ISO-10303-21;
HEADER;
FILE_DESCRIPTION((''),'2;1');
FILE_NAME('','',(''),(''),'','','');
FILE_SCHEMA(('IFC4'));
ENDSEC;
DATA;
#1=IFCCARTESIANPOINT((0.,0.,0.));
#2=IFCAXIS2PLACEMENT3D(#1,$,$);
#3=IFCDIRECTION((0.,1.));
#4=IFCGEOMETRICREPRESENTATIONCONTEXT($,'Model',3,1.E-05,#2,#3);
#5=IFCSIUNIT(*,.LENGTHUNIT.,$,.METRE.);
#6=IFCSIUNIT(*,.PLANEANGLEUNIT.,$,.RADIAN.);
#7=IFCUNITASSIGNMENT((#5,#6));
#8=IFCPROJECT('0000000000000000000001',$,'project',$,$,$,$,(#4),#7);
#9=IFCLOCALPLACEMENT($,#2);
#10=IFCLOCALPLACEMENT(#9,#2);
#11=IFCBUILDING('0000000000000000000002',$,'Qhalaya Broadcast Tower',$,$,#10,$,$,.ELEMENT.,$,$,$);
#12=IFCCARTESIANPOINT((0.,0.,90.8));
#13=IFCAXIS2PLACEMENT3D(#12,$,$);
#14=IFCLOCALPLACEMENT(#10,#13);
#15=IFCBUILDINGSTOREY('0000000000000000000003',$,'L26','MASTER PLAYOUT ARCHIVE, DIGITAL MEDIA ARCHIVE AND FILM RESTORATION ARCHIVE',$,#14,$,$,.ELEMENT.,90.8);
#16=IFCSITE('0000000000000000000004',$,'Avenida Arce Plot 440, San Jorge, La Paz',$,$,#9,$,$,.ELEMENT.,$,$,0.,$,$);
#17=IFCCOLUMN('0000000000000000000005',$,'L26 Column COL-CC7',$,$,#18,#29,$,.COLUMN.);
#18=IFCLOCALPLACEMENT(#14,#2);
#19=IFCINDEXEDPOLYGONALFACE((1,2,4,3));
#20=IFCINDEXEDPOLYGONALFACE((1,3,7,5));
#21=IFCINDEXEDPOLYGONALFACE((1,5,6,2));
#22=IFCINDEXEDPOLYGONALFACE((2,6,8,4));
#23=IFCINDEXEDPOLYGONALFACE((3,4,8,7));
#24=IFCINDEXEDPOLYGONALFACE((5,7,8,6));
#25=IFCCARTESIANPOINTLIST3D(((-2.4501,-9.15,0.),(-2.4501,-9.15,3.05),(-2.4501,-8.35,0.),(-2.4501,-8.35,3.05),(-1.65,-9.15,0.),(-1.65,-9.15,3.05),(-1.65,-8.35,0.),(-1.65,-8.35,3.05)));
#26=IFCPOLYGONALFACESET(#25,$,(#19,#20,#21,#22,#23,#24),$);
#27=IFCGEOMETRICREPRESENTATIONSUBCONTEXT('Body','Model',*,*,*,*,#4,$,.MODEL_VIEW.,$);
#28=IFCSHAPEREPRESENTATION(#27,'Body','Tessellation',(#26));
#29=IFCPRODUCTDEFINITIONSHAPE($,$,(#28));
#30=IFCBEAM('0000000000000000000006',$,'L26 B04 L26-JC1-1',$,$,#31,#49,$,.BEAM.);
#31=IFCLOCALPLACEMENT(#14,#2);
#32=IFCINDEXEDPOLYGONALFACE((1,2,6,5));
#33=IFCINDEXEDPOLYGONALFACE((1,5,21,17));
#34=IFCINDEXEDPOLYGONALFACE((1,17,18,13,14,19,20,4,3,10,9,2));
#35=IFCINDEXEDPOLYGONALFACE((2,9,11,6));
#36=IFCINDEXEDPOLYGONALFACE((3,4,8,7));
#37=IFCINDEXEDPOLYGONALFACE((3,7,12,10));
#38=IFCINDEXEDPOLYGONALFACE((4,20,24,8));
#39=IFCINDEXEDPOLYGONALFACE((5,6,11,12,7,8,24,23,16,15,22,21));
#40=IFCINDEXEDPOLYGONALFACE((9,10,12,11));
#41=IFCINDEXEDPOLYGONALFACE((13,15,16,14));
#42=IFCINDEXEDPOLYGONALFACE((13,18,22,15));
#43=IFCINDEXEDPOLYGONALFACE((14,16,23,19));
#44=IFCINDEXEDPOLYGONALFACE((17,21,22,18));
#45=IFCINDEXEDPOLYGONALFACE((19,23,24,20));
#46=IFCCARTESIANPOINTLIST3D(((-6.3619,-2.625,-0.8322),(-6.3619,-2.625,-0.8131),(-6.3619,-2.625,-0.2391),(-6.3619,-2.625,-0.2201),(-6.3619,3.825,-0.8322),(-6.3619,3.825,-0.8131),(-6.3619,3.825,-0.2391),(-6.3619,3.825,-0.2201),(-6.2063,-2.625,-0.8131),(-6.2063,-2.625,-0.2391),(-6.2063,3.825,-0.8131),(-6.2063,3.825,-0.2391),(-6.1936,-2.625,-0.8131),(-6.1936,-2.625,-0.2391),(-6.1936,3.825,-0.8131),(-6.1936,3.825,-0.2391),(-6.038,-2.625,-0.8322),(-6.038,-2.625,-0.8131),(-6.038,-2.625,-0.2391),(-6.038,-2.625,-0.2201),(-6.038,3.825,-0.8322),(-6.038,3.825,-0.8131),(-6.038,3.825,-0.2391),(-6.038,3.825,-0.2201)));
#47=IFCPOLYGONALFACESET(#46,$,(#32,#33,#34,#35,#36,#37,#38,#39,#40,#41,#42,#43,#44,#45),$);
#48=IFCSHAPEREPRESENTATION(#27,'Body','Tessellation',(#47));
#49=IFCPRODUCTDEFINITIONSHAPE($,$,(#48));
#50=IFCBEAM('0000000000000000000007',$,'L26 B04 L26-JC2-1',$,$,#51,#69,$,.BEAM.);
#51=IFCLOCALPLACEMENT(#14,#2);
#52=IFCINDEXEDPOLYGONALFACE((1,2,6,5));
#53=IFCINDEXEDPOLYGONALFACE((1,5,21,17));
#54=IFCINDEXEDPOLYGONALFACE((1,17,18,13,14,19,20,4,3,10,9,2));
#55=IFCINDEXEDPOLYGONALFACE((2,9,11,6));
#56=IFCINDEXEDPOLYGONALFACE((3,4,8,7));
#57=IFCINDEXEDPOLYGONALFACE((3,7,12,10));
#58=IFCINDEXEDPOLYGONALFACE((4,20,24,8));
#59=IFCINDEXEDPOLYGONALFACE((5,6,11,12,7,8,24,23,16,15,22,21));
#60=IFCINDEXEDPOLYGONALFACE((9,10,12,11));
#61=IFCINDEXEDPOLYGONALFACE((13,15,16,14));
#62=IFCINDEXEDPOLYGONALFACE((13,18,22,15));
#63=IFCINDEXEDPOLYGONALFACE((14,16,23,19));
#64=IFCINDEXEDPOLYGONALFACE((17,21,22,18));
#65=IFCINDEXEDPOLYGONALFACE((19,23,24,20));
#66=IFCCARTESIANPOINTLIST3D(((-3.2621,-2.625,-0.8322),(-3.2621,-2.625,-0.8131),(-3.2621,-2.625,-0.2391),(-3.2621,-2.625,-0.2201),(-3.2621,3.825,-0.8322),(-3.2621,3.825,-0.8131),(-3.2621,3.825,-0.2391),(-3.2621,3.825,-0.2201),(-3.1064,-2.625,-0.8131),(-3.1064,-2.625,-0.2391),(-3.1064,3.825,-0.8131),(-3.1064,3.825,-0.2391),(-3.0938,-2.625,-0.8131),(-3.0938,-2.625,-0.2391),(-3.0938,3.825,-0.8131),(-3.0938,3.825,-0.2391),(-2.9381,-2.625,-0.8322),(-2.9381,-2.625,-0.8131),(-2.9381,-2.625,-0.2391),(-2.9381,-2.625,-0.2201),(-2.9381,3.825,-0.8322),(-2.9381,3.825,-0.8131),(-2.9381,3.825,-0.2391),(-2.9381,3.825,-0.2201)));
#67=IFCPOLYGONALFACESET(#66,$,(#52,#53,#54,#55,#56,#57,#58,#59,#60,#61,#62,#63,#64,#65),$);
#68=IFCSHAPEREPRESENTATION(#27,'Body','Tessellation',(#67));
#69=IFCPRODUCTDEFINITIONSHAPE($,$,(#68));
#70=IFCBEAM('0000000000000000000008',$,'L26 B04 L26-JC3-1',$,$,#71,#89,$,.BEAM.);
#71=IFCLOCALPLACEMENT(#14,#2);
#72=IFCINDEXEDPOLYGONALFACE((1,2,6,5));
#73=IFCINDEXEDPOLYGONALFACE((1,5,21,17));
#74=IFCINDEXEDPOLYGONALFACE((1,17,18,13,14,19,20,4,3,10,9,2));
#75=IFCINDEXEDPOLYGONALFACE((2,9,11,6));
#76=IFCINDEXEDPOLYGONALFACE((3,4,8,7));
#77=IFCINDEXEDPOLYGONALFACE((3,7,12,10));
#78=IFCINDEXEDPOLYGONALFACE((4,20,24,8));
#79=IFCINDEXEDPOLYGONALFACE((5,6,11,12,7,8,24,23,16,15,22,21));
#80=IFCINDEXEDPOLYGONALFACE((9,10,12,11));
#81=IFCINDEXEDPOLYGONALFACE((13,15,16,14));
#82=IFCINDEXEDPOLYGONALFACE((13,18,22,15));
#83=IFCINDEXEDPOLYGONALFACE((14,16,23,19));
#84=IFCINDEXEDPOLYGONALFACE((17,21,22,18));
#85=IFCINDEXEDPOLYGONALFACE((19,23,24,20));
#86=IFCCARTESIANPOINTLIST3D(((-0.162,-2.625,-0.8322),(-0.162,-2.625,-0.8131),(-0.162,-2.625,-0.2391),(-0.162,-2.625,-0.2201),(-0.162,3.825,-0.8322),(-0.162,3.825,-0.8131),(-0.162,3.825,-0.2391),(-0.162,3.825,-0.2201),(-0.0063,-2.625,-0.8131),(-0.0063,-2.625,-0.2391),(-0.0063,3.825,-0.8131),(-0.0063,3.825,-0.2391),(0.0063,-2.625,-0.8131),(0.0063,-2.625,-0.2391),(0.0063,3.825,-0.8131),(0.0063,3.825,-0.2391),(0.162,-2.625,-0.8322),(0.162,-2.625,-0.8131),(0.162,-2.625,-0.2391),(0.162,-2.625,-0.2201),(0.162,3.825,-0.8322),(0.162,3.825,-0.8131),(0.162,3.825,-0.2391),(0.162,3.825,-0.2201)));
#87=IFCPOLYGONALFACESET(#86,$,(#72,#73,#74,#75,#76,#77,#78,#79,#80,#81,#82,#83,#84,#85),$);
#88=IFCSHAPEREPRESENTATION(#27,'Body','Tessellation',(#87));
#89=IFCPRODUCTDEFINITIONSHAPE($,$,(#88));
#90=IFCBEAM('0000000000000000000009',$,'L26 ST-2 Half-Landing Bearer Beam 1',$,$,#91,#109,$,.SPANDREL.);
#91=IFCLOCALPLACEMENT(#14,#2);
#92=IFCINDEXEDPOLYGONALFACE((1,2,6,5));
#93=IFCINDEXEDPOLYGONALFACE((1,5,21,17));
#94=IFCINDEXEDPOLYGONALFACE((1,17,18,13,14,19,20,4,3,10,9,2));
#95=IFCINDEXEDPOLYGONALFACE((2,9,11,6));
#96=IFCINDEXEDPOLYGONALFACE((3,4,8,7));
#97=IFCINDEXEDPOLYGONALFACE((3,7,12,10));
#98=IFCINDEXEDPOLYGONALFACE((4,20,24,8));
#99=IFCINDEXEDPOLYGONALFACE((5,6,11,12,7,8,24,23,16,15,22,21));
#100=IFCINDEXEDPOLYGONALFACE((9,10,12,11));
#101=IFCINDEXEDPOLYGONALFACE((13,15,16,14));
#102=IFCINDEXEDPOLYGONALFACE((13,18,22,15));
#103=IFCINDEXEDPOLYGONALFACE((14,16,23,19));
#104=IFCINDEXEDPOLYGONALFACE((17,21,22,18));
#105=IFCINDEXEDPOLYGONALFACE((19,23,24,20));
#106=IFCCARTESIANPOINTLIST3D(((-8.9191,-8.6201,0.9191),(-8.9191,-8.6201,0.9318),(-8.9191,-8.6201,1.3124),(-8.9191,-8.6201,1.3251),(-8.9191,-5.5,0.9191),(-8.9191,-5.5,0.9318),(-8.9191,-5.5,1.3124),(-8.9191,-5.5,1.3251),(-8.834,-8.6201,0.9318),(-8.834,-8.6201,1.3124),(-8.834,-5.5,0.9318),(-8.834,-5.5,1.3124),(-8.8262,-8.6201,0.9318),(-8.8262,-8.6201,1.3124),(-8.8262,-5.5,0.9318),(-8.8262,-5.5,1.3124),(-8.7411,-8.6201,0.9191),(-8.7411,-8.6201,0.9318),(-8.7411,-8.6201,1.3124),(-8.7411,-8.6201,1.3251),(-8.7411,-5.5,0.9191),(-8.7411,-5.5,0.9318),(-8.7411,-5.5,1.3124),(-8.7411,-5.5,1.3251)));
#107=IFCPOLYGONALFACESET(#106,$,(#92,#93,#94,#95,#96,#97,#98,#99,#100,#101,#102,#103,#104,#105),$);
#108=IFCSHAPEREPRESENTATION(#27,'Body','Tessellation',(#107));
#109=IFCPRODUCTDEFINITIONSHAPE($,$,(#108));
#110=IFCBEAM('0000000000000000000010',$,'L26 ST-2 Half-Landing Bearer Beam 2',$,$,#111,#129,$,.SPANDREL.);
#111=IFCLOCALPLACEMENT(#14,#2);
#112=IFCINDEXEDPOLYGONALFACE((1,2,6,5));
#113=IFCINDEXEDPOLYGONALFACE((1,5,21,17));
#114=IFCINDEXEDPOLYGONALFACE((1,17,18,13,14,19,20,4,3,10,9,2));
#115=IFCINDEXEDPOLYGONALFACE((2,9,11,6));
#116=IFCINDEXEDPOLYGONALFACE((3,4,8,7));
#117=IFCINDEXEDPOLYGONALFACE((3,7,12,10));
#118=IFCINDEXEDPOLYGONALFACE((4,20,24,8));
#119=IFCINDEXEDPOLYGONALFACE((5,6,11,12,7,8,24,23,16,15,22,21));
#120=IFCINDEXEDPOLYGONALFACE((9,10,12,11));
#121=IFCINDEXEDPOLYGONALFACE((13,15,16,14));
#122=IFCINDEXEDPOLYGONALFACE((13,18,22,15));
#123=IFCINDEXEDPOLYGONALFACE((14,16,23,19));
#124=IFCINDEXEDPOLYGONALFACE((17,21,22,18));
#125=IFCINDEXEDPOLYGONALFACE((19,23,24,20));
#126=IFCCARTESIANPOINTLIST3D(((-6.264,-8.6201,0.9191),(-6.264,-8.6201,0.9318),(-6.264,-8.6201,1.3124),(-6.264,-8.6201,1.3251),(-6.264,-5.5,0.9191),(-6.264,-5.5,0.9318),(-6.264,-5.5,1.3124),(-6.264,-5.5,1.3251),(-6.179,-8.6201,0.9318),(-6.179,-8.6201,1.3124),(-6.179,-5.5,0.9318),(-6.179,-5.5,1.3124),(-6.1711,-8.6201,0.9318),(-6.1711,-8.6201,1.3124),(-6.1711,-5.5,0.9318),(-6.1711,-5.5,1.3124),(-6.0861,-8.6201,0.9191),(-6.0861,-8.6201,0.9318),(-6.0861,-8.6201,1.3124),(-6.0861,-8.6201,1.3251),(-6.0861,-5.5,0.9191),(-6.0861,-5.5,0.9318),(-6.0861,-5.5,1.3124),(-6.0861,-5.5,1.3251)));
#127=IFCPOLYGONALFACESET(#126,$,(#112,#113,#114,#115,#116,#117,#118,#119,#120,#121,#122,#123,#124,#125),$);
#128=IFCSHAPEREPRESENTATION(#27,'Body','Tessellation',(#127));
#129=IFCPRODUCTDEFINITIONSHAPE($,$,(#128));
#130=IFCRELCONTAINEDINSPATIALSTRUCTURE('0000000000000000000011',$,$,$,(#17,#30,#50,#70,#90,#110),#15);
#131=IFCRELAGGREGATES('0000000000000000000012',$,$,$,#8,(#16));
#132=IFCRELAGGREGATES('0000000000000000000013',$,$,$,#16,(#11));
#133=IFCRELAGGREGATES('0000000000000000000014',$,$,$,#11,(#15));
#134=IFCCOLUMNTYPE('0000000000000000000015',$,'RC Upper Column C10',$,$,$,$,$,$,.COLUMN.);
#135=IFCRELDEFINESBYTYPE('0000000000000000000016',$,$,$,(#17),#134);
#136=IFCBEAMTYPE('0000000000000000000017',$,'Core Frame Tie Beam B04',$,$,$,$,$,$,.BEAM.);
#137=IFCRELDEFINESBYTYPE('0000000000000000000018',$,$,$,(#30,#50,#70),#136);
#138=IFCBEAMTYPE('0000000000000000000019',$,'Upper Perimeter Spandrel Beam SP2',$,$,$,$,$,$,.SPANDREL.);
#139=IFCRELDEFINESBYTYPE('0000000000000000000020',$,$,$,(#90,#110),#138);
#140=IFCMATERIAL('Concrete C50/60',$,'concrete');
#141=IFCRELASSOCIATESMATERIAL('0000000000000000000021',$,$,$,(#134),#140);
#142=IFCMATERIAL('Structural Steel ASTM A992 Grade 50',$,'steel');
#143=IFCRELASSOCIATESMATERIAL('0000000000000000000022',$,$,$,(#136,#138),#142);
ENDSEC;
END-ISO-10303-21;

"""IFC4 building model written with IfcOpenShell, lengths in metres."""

from ifc_helpers import new_model, si_unit, direction, frame, origin, origin_2d, place, context, subcontext, project, spatial, rectangle, i_section, extrude, material, material_profile, profile_set, type_object, element, save


model = new_model("IFC4")

# Units and contexts
model_context = context("Model", 3, precision=1e-05, world=origin(), true_north=direction((0.0, 1.0)))
body_context = subcontext(model_context, "Body", "Model", "MODEL_VIEW")
ifc_project = project(units=[si_unit("LENGTHUNIT", "METRE"), si_unit("PLANEANGLEUNIT", "RADIAN")], contexts=[model_context])

# Site, building, storey
site_placement = place(None, origin())
site = spatial("IfcSite", under=ifc_project, at=site_placement, Name="Avenida Arce Plot 440, San Jorge, La Paz", CompositionType="ELEMENT", RefElevation=0.0)
building_placement = place(site_placement, origin())
building = spatial("IfcBuilding", under=site, at=building_placement, Name="Qhalaya Broadcast Tower", CompositionType="ELEMENT")
storey_placement = place(building_placement, frame((0.0, 0.0, 90.8)))
storey = spatial("IfcBuildingStorey", under=building, at=storey_placement, Name="L26", Description="MASTER PLAYOUT ARCHIVE, DIGITAL MEDIA ARCHIVE AND FILM RESTORATION ARCHIVE", CompositionType="ELEMENT", Elevation=90.8)

# Column
ifc_material_1 = material(Name="Concrete C50/60", Category="concrete")
ifc_material_profile_1 = material_profile(ifc_material_1, rectangle(XDim=0.8, YDim=0.8, at=origin_2d()), Name="RC-COL 800x800")
ifc_profile_set_1 = profile_set([ifc_material_profile_1], Name="Concrete C50/60")
column_type = type_object("IfcColumnType", Name="RC Upper Column C10", PredefinedType="COLUMN", material=ifc_profile_set_1)
column_placement = place(storey_placement, frame((-2.05, -8.75, 0.0), z_axis=(0.0, 0.0, 1.0), x_axis=(1.0, 0.0, 0.0)))
element("IfcColumn", 1, at=column_placement, inside=storey, type_object=column_type, Name="L26 Column COL-CC7", PredefinedType="COLUMN", context=body_context, shape_type="SweptSolid", body=[
    extrude(rectangle(XDim=0.8, YDim=0.8, at=origin_2d()), origin(), (0.0, 0.0, 1.0), 3.05),
])

# Beams
ifc_material_2 = material(Name="Structural Steel ASTM A992 Grade 50", Category="steel")
ifc_material_profile_2 = material_profile(ifc_material_2, i_section(OverallWidth=0.324, OverallDepth=0.6121, WebThickness=0.0127, FlangeThickness=0.019, at=origin_2d()), Name="W24X104")
ifc_profile_set_2 = profile_set([ifc_material_profile_2], Name="Structural Steel ASTM A992 Grade 50")
beam_type_1 = type_object("IfcBeamType", Name="Core Frame Tie Beam B04", PredefinedType="BEAM", material=ifc_profile_set_2)
for number, where, z_axis, x_axis, name in (
    (2, (-6.2, -2.625, -0.5261), (0.0, 1.0, 0.0), (-1.0, 0.0, 0.0), "L26 B04 L26-JC1-1"),
    (3, (-3.1001, -2.625, -0.5261), (0.0, 1.0, 0.0), (-1.0, 0.0, 0.0), "L26 B04 L26-JC2-1"),
    (4, (0.0, -2.625, -0.5261), (0.0, 1.0, 0.0), (-1.0, 0.0, 0.0), "L26 B04 L26-JC3-1"),
):
    element("IfcBeam", number, at=place(storey_placement, frame(where, z_axis=z_axis, x_axis=x_axis)), inside=storey, type_object=beam_type_1, Name=name, PredefinedType="BEAM", context=body_context, shape_type="SweptSolid", body=[
        extrude(i_section(OverallWidth=0.324, OverallDepth=0.6121, WebThickness=0.0127, FlangeThickness=0.019, at=origin_2d()), origin(), (0.0, 0.0, 1.0), 6.45),
    ])
ifc_material_profile_3 = material_profile(ifc_material_2, i_section(OverallWidth=0.178, OverallDepth=0.406, WebThickness=0.0078, FlangeThickness=0.0127, at=origin_2d()), Name="W16X40")
ifc_profile_set_3 = profile_set([ifc_material_profile_3], Name="Structural Steel ASTM A992 Grade 50")
beam_type_2 = type_object("IfcBeamType", Name="Upper Perimeter Spandrel Beam SP2", PredefinedType="SPANDREL", material=ifc_profile_set_3)
for number, where, z_axis, x_axis, name in (
    (5, (-8.8301, -8.6201, 1.1221), (0.0, 1.0, 0.0), (-1.0, 0.0, 0.0), "L26 ST-2 Half-Landing Bearer Beam 1"),
    (6, (-6.175, -8.6201, 1.1221), (0.0, 1.0, 0.0), (-1.0, 0.0, 0.0), "L26 ST-2 Half-Landing Bearer Beam 2"),
):
    element("IfcBeam", number, at=place(storey_placement, frame(where, z_axis=z_axis, x_axis=x_axis)), inside=storey, type_object=beam_type_2, Name=name, PredefinedType="SPANDREL", context=body_context, shape_type="SweptSolid", body=[
        extrude(i_section(OverallWidth=0.178, OverallDepth=0.406, WebThickness=0.0078, FlangeThickness=0.0127, at=origin_2d()), origin(), (0.0, 0.0, 1.0), 3.1201),
    ])

save(model, "model.ifc")
